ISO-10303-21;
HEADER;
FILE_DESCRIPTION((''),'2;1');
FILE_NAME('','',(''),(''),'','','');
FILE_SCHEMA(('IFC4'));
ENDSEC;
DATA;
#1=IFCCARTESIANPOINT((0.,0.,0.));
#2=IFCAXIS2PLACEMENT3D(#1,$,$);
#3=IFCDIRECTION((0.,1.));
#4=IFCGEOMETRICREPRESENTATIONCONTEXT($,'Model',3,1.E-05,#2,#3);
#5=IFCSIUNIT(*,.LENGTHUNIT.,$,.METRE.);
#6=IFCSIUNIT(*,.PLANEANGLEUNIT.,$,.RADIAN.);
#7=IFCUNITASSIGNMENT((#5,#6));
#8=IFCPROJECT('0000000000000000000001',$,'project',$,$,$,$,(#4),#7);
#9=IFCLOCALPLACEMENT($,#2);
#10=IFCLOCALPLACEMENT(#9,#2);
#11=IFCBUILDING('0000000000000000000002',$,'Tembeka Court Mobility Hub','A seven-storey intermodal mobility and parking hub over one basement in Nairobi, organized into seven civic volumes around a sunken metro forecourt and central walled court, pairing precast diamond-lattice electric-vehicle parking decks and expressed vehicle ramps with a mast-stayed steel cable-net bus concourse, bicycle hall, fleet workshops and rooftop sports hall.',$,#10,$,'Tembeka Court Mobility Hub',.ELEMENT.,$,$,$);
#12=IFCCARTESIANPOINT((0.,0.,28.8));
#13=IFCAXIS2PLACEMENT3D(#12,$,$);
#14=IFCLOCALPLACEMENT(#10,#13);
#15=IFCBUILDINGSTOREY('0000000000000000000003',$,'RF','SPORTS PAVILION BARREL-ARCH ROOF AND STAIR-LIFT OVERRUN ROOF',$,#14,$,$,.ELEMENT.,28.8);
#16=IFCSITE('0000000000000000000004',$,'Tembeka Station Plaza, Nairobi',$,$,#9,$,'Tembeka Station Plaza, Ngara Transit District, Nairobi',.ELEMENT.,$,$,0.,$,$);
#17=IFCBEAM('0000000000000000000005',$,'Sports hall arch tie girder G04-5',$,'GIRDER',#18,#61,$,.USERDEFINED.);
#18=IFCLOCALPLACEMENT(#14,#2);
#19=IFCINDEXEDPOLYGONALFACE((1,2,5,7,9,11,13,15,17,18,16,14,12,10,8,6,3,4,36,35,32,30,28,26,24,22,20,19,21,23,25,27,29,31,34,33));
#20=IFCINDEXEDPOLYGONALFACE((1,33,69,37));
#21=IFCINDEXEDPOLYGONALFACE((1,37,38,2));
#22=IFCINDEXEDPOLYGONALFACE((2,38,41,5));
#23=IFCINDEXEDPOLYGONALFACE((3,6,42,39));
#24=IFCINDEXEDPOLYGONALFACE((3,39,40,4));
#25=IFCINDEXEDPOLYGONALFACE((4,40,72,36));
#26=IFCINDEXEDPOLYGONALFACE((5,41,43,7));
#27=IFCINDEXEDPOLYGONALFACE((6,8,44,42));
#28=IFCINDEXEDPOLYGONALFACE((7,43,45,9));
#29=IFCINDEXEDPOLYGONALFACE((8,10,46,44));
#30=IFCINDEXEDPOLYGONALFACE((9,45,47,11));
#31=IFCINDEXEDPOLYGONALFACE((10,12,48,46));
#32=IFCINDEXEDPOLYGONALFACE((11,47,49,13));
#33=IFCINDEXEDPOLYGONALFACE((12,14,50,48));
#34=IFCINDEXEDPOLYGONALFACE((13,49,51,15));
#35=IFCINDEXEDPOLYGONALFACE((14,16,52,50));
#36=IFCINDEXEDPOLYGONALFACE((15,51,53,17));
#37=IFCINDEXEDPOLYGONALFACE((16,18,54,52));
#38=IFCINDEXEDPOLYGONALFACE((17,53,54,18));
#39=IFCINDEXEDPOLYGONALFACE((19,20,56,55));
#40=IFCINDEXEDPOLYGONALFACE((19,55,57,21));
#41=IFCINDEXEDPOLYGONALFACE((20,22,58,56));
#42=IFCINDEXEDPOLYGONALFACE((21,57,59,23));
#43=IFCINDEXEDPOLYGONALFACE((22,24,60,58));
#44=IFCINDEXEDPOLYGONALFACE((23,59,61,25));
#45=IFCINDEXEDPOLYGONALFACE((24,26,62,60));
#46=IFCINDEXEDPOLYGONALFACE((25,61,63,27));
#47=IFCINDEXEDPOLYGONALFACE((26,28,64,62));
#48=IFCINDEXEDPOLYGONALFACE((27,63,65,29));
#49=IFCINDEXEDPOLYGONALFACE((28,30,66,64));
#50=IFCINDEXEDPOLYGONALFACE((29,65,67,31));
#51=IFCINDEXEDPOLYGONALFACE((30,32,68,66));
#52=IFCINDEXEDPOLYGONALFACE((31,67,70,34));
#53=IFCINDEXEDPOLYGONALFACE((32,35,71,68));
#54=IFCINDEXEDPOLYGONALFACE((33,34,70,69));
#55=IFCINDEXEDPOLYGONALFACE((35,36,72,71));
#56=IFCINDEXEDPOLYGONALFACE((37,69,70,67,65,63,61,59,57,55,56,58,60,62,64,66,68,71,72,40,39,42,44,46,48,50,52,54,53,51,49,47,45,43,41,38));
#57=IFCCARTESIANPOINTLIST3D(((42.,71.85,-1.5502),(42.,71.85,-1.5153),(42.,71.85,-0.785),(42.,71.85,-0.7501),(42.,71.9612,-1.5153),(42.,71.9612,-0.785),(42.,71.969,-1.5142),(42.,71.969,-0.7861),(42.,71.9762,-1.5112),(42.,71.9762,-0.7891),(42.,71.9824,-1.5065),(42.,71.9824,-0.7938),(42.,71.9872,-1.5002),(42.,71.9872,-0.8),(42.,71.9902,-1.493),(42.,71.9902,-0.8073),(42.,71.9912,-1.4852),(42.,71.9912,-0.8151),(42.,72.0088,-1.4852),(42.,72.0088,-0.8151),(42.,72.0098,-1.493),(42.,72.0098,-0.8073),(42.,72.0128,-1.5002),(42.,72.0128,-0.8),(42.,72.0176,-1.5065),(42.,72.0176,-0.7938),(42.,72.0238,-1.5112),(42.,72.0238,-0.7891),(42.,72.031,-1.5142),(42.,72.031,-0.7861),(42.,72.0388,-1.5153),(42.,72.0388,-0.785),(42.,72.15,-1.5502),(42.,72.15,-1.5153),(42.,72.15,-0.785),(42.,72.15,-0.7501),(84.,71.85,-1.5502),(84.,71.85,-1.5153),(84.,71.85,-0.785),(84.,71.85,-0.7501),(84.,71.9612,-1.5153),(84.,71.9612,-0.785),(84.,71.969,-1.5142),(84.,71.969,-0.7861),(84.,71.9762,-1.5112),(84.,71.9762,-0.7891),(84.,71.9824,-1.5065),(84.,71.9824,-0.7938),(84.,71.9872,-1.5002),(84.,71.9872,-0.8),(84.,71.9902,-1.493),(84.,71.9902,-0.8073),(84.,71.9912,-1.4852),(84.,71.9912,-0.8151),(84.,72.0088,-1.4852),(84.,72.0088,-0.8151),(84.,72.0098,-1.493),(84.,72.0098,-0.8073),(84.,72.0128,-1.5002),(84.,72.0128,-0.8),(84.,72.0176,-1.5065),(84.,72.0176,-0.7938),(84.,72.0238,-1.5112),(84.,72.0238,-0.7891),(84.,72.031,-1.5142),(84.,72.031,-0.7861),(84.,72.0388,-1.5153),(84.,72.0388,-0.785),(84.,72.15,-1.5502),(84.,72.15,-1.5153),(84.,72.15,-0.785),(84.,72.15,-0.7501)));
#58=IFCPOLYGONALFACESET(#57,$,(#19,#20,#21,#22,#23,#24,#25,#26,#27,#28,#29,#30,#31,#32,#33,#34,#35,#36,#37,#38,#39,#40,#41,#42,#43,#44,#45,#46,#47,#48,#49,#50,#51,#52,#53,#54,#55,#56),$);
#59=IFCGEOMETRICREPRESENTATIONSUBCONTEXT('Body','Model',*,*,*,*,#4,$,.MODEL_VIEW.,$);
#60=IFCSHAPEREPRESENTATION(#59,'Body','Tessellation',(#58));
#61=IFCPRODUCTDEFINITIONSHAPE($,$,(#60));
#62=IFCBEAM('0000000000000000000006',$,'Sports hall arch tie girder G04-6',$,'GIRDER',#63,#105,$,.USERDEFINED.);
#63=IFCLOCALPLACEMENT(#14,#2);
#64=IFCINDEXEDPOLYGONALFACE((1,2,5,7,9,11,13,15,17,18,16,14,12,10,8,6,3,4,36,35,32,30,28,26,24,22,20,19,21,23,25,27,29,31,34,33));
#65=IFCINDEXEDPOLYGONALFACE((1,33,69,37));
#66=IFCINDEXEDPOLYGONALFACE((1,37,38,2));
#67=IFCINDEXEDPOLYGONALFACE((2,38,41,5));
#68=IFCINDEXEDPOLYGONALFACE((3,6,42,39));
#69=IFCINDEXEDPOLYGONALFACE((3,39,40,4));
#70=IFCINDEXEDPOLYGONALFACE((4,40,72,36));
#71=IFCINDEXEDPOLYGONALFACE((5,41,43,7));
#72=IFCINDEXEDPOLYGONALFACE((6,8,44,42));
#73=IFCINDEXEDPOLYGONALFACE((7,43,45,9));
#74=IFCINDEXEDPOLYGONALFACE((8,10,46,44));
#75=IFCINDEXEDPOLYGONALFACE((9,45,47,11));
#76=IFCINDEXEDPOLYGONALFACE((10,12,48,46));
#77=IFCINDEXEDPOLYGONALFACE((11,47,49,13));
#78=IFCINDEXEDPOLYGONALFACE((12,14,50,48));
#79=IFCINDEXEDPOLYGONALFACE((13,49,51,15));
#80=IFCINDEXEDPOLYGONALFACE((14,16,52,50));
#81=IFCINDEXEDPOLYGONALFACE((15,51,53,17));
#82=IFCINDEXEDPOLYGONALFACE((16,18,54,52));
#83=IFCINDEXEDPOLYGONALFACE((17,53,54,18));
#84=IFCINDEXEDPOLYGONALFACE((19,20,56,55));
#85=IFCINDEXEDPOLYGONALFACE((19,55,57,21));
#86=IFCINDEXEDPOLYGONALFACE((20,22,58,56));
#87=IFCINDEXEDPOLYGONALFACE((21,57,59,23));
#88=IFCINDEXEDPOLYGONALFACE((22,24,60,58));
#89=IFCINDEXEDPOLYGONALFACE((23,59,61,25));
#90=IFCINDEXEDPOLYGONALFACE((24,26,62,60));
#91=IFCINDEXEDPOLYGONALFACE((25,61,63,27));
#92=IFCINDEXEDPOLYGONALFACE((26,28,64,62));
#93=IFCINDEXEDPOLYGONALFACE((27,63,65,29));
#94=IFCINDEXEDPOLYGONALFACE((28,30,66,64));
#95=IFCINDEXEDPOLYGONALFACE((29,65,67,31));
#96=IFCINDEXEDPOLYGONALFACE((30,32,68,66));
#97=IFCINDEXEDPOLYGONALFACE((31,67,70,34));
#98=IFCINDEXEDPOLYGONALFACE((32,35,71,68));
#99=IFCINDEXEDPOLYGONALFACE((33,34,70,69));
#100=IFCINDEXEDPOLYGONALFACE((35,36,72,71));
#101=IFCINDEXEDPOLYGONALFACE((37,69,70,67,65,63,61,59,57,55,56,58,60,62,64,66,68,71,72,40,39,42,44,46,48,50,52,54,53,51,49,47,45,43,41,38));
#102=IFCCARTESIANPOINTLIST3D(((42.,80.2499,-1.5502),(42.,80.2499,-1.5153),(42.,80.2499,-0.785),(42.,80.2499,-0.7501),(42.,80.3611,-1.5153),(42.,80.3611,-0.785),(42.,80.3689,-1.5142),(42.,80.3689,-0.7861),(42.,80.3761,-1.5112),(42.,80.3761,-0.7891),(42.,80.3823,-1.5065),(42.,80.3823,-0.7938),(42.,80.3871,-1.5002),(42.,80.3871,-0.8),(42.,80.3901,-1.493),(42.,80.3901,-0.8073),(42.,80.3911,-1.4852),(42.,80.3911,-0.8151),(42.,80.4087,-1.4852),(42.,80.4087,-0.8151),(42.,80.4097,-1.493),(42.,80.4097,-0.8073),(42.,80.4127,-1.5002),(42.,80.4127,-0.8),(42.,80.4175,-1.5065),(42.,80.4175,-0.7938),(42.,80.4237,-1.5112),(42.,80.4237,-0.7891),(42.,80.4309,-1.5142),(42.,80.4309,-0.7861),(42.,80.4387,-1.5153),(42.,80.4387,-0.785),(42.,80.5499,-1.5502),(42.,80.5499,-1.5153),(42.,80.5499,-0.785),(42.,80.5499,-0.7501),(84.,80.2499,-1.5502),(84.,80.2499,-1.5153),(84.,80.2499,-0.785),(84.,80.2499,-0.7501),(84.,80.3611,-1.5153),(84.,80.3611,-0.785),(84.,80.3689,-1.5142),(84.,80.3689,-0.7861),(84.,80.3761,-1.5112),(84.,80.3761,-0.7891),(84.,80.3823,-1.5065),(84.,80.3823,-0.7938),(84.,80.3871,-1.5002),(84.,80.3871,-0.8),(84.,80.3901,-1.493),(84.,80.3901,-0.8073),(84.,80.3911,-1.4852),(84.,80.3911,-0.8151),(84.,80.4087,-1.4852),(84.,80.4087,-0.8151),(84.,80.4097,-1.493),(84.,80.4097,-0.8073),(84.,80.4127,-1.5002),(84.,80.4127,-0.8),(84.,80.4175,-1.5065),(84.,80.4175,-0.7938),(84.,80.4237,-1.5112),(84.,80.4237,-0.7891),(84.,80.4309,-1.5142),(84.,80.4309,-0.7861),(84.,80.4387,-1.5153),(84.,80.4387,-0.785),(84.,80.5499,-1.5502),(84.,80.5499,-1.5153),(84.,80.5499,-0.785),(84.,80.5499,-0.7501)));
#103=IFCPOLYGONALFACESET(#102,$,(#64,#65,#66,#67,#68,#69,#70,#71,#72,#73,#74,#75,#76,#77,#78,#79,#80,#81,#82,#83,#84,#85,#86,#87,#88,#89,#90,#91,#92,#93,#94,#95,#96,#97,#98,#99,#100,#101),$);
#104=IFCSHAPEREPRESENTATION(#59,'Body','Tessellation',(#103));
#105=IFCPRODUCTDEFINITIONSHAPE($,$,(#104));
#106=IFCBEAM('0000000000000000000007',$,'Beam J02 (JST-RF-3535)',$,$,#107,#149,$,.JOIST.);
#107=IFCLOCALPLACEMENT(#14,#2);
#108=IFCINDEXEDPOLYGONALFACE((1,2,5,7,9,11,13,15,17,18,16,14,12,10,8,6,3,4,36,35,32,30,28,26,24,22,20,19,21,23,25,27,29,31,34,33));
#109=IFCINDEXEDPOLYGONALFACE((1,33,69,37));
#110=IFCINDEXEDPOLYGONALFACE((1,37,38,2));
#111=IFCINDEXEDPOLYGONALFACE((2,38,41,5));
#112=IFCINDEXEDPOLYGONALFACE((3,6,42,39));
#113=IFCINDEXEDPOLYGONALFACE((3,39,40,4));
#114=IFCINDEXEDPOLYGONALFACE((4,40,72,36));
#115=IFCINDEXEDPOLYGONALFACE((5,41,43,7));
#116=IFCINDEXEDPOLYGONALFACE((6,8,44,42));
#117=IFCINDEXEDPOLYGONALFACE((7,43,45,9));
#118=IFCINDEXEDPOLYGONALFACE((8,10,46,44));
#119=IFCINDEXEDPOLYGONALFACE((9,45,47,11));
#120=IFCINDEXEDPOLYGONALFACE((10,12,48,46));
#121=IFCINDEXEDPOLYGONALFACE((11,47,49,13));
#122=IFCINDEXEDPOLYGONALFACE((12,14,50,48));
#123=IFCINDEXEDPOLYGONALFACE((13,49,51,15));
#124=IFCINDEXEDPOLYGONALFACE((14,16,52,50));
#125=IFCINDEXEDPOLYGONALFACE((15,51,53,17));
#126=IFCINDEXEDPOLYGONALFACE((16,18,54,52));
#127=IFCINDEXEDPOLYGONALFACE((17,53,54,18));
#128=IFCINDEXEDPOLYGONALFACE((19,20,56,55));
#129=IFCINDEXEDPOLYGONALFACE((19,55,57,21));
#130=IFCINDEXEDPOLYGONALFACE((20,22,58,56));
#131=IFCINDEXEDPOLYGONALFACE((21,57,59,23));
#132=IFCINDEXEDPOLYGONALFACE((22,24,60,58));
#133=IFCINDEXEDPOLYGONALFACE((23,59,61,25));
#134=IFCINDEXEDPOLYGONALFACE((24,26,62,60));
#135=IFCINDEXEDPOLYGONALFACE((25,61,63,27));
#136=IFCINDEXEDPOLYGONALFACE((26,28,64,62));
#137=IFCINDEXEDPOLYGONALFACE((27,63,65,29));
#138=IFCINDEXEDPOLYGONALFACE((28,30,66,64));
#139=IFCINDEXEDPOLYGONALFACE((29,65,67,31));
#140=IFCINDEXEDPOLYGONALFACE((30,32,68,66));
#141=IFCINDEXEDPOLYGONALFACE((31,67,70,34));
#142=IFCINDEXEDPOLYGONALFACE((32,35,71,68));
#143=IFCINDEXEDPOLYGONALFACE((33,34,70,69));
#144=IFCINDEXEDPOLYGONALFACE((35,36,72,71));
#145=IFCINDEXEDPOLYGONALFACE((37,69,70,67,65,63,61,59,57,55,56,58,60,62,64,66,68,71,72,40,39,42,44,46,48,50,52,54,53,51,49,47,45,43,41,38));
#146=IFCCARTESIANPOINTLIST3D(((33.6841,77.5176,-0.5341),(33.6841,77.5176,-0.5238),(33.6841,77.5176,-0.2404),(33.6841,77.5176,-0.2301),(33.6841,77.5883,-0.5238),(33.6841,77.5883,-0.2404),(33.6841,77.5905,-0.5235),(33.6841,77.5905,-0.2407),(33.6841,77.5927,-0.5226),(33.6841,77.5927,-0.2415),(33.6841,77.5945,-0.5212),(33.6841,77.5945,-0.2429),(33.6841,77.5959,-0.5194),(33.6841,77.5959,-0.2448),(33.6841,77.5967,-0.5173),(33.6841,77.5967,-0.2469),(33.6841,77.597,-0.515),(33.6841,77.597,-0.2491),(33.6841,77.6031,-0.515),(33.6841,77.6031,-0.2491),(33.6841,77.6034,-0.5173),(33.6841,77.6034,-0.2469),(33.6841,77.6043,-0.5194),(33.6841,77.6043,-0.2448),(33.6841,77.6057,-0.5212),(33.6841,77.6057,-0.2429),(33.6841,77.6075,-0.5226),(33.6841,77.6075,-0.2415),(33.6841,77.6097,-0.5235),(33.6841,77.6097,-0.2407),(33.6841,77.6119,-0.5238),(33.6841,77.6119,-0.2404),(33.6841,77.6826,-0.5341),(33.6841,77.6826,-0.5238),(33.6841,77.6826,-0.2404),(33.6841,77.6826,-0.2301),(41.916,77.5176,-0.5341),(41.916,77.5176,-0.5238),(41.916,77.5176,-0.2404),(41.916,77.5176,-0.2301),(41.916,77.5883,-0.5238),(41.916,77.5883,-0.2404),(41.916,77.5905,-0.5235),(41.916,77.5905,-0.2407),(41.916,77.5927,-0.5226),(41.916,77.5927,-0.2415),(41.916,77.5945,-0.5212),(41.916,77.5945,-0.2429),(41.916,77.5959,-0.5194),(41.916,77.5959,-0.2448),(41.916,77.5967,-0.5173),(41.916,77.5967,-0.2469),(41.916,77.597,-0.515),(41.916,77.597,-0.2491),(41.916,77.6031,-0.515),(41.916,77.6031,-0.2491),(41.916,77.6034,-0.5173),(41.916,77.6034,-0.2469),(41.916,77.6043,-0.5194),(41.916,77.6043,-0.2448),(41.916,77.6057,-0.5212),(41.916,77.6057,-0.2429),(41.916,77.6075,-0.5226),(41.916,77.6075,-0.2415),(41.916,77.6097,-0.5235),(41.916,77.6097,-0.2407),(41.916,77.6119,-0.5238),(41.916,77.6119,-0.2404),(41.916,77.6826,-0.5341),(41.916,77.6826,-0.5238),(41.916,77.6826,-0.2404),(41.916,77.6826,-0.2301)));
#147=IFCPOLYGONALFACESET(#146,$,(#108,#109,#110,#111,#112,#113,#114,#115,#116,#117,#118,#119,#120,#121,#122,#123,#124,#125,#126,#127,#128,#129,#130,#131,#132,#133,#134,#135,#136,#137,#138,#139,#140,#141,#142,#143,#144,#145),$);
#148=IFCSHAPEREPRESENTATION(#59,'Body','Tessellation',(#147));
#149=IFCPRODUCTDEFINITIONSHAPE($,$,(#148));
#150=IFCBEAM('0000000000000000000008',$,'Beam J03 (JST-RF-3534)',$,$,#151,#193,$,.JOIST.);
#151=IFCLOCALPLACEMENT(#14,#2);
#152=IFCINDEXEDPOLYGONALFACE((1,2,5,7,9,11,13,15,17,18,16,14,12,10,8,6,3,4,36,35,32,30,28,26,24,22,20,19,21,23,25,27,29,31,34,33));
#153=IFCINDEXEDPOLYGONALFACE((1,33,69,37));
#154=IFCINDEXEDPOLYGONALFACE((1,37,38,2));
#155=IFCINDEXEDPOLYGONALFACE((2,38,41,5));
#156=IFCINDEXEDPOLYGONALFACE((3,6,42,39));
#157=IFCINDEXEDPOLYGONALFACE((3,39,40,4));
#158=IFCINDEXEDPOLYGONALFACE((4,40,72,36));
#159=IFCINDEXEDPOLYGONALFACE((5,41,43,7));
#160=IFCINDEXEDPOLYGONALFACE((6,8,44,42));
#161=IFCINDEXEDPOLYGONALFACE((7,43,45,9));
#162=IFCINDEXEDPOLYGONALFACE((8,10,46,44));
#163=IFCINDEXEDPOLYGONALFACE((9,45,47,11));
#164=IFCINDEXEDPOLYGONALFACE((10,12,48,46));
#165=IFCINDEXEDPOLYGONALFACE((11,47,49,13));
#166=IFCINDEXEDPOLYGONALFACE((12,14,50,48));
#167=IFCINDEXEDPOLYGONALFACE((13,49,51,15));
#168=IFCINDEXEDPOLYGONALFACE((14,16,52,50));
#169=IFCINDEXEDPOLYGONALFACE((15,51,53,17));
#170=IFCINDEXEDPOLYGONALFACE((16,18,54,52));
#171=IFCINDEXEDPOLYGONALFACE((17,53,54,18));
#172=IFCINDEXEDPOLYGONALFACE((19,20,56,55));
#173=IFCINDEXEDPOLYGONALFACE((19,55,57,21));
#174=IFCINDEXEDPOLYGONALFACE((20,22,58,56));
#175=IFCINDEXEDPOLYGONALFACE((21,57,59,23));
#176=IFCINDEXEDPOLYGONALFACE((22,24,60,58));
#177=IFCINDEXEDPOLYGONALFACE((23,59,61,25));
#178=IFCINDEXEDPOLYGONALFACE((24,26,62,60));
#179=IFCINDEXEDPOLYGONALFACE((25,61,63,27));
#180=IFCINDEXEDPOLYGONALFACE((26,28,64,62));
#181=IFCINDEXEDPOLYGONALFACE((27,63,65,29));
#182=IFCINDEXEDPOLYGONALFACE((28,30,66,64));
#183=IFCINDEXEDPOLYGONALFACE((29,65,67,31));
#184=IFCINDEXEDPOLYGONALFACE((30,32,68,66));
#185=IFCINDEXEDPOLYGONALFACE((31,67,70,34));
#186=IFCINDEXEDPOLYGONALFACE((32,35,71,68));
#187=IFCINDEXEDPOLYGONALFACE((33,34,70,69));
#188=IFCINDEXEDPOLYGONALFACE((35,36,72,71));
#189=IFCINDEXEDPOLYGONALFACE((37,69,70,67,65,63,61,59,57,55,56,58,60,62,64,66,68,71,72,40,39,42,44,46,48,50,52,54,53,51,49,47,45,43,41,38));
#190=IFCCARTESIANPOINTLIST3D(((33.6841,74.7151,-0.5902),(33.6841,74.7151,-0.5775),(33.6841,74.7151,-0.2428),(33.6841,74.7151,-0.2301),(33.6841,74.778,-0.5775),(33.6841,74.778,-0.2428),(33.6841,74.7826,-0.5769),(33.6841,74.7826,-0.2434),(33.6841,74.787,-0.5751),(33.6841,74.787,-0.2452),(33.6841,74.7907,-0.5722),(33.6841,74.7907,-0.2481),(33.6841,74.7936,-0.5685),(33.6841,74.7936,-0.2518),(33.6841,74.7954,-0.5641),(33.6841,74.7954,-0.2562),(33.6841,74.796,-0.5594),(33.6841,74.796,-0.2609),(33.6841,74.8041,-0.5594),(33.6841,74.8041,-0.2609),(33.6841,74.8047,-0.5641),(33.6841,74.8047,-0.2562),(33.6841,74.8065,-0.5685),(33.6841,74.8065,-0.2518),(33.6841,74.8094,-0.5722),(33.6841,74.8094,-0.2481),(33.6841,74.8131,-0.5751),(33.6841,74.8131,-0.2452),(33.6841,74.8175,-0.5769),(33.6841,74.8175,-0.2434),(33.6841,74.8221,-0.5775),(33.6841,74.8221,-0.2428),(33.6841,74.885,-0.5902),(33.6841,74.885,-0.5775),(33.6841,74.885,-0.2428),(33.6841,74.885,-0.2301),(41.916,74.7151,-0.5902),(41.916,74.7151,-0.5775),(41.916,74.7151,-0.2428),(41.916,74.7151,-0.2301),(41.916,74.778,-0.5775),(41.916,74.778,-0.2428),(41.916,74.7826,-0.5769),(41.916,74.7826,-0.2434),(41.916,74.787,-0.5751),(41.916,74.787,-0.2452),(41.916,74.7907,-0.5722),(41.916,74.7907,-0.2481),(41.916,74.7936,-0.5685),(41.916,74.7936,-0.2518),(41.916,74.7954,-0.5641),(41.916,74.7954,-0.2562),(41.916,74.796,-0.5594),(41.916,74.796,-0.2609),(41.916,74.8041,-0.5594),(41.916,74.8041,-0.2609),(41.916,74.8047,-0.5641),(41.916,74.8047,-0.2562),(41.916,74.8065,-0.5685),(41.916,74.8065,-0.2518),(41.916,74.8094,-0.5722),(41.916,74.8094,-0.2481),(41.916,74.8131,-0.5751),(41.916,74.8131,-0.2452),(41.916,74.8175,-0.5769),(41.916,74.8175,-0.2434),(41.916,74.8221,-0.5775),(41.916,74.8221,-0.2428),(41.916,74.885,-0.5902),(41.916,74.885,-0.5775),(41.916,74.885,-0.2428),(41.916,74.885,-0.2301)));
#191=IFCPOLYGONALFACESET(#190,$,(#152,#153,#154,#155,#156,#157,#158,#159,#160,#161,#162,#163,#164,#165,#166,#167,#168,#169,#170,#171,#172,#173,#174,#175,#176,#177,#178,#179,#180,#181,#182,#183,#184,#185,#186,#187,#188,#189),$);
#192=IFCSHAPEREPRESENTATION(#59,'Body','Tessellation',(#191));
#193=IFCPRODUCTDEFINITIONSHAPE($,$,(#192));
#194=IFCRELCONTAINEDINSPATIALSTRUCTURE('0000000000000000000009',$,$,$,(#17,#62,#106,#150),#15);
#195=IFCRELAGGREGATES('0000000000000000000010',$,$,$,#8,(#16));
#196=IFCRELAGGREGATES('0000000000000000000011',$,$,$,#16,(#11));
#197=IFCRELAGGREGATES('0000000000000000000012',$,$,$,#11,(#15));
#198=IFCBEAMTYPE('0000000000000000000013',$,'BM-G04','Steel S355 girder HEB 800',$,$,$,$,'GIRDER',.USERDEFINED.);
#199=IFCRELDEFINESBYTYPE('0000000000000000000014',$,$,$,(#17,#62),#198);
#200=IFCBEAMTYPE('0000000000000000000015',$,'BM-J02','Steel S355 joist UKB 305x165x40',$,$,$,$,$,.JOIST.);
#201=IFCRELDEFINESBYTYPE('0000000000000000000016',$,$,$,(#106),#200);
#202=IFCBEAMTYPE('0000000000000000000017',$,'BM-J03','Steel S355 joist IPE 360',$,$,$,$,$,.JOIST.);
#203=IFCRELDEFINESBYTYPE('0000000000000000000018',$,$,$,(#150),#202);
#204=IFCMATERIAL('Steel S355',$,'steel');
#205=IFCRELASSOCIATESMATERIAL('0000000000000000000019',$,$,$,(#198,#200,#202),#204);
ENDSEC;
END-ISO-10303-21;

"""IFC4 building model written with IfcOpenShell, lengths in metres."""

from ifc_helpers import new_model, si_unit, direction, frame, origin, origin_2d, place, context, subcontext, project, spatial, i_section, extrude, material, material_profile, profile_set, type_object, element, save


model = new_model("IFC4")

# Units and contexts
model_context = context("Model", 3, precision=1e-05, world=origin(), true_north=direction((0.0, 1.0)))
body_context = subcontext(model_context, "Body", "Model", "MODEL_VIEW")
ifc_project = project(units=[si_unit("LENGTHUNIT", "METRE"), si_unit("PLANEANGLEUNIT", "RADIAN")], contexts=[model_context])

# Site, building, storey
site_placement = place(None, origin())
site = spatial("IfcSite", under=ifc_project, at=site_placement, Name="Tembeka Station Plaza, Nairobi", LongName="Tembeka Station Plaza, Ngara Transit District, Nairobi", CompositionType="ELEMENT", RefElevation=0.0)
building_placement = place(site_placement, origin())
building = spatial("IfcBuilding", under=site, at=building_placement, Name="Tembeka Court Mobility Hub", Description="A seven-storey intermodal mobility and parking hub over one basement in Nairobi, organized into seven civic volumes around a sunken metro forecourt and central walled court, pairing precast diamond-lattice electric-vehicle parking decks and expressed vehicle ramps with a mast-stayed steel cable-net bus concourse, bicycle hall, fleet workshops and rooftop sports hall.", LongName="Tembeka Court Mobility Hub", CompositionType="ELEMENT")
storey_placement = place(building_placement, frame((0.0, 0.0, 28.8)))
storey = spatial("IfcBuildingStorey", under=building, at=storey_placement, Name="RF", Description="SPORTS PAVILION BARREL-ARCH ROOF AND STAIR-LIFT OVERRUN ROOF", CompositionType="ELEMENT", Elevation=28.8)

# Beams
ifc_material_1 = material(Name="Steel S355", Category="steel")
ifc_material_profile_1 = material_profile(ifc_material_1, i_section(OverallWidth=0.3, OverallDepth=0.8, WebThickness=0.0176, FlangeThickness=0.0349, FilletRadius=0.03, at=origin_2d()), Name="HEB 800")
ifc_profile_set_1 = profile_set([ifc_material_profile_1], Name="Steel S355")
beam_type_1 = type_object("IfcBeamType", Name="BM-G04", Description="Steel S355 girder HEB 800", ElementType="GIRDER", PredefinedType="USERDEFINED", material=ifc_profile_set_1)
for number, where, z_axis, x_axis, name in (
    (1, (42.0, 72.0, -1.1501), (1.0, 0.0, 0.0), (0.0, 1.0, 0.0), "Sports hall arch tie girder G04-5"),
    (2, (42.0, 80.3999, -1.1501), (1.0, 0.0, 0.0), (0.0, 1.0, 0.0), "Sports hall arch tie girder G04-6"),
):
    element("IfcBeam", number, at=place(storey_placement, frame(where, z_axis=z_axis, x_axis=x_axis)), inside=storey, type_object=beam_type_1, Name=name, ObjectType="GIRDER", PredefinedType="USERDEFINED", context=body_context, shape_type="SweptSolid", body=[
        extrude(i_section(OverallWidth=0.3, OverallDepth=0.8, WebThickness=0.0176, FlangeThickness=0.0349, FilletRadius=0.03, at=origin_2d()), origin(), (0.0, 0.0, 1.0), 42.0),
    ])
ifc_material_profile_2 = material_profile(ifc_material_1, i_section(OverallWidth=0.165, OverallDepth=0.304, WebThickness=0.0061, FlangeThickness=0.0103, FilletRadius=0.0088, at=origin_2d()), Name="UKB 305x165x40")
ifc_profile_set_2 = profile_set([ifc_material_profile_2], Name="Steel S355")
beam_type_2 = type_object("IfcBeamType", Name="BM-J02", Description="Steel S355 joist UKB 305x165x40", PredefinedType="JOIST", material=ifc_profile_set_2)
beam_1_placement = place(storey_placement, frame((33.6841, 77.6001, -0.3821), z_axis=(1.0, 0.0, 0.0), x_axis=(0.0, 1.0, 0.0)))
element("IfcBeam", 3, at=beam_1_placement, inside=storey, type_object=beam_type_2, Name="Beam J02 (JST-RF-3535)", PredefinedType="JOIST", context=body_context, shape_type="SweptSolid", body=[
    extrude(i_section(OverallWidth=0.165, OverallDepth=0.304, WebThickness=0.0061, FlangeThickness=0.0103, FilletRadius=0.0088, at=origin_2d()), origin(), (0.0, 0.0, 1.0), 8.2319),
])
ifc_material_profile_3 = material_profile(ifc_material_1, i_section(OverallWidth=0.1699, OverallDepth=0.3601, WebThickness=0.0081, FlangeThickness=0.0127, FilletRadius=0.0181, at=origin_2d()), Name="IPE 360")
ifc_profile_set_3 = profile_set([ifc_material_profile_3], Name="Steel S355")
beam_type_3 = type_object("IfcBeamType", Name="BM-J03", Description="Steel S355 joist IPE 360", PredefinedType="JOIST", material=ifc_profile_set_3)
beam_2_placement = place(storey_placement, frame((33.6841, 74.8, -0.4102), z_axis=(1.0, 0.0, 0.0), x_axis=(0.0, 1.0, 0.0)))
element("IfcBeam", 4, at=beam_2_placement, inside=storey, type_object=beam_type_3, Name="Beam J03 (JST-RF-3534)", PredefinedType="JOIST", context=body_context, shape_type="SweptSolid", body=[
    extrude(i_section(OverallWidth=0.1699, OverallDepth=0.3601, WebThickness=0.0081, FlangeThickness=0.0127, FilletRadius=0.0181, at=origin_2d()), origin(), (0.0, 0.0, 1.0), 8.2319),
])

save(model, "model.ifc")
